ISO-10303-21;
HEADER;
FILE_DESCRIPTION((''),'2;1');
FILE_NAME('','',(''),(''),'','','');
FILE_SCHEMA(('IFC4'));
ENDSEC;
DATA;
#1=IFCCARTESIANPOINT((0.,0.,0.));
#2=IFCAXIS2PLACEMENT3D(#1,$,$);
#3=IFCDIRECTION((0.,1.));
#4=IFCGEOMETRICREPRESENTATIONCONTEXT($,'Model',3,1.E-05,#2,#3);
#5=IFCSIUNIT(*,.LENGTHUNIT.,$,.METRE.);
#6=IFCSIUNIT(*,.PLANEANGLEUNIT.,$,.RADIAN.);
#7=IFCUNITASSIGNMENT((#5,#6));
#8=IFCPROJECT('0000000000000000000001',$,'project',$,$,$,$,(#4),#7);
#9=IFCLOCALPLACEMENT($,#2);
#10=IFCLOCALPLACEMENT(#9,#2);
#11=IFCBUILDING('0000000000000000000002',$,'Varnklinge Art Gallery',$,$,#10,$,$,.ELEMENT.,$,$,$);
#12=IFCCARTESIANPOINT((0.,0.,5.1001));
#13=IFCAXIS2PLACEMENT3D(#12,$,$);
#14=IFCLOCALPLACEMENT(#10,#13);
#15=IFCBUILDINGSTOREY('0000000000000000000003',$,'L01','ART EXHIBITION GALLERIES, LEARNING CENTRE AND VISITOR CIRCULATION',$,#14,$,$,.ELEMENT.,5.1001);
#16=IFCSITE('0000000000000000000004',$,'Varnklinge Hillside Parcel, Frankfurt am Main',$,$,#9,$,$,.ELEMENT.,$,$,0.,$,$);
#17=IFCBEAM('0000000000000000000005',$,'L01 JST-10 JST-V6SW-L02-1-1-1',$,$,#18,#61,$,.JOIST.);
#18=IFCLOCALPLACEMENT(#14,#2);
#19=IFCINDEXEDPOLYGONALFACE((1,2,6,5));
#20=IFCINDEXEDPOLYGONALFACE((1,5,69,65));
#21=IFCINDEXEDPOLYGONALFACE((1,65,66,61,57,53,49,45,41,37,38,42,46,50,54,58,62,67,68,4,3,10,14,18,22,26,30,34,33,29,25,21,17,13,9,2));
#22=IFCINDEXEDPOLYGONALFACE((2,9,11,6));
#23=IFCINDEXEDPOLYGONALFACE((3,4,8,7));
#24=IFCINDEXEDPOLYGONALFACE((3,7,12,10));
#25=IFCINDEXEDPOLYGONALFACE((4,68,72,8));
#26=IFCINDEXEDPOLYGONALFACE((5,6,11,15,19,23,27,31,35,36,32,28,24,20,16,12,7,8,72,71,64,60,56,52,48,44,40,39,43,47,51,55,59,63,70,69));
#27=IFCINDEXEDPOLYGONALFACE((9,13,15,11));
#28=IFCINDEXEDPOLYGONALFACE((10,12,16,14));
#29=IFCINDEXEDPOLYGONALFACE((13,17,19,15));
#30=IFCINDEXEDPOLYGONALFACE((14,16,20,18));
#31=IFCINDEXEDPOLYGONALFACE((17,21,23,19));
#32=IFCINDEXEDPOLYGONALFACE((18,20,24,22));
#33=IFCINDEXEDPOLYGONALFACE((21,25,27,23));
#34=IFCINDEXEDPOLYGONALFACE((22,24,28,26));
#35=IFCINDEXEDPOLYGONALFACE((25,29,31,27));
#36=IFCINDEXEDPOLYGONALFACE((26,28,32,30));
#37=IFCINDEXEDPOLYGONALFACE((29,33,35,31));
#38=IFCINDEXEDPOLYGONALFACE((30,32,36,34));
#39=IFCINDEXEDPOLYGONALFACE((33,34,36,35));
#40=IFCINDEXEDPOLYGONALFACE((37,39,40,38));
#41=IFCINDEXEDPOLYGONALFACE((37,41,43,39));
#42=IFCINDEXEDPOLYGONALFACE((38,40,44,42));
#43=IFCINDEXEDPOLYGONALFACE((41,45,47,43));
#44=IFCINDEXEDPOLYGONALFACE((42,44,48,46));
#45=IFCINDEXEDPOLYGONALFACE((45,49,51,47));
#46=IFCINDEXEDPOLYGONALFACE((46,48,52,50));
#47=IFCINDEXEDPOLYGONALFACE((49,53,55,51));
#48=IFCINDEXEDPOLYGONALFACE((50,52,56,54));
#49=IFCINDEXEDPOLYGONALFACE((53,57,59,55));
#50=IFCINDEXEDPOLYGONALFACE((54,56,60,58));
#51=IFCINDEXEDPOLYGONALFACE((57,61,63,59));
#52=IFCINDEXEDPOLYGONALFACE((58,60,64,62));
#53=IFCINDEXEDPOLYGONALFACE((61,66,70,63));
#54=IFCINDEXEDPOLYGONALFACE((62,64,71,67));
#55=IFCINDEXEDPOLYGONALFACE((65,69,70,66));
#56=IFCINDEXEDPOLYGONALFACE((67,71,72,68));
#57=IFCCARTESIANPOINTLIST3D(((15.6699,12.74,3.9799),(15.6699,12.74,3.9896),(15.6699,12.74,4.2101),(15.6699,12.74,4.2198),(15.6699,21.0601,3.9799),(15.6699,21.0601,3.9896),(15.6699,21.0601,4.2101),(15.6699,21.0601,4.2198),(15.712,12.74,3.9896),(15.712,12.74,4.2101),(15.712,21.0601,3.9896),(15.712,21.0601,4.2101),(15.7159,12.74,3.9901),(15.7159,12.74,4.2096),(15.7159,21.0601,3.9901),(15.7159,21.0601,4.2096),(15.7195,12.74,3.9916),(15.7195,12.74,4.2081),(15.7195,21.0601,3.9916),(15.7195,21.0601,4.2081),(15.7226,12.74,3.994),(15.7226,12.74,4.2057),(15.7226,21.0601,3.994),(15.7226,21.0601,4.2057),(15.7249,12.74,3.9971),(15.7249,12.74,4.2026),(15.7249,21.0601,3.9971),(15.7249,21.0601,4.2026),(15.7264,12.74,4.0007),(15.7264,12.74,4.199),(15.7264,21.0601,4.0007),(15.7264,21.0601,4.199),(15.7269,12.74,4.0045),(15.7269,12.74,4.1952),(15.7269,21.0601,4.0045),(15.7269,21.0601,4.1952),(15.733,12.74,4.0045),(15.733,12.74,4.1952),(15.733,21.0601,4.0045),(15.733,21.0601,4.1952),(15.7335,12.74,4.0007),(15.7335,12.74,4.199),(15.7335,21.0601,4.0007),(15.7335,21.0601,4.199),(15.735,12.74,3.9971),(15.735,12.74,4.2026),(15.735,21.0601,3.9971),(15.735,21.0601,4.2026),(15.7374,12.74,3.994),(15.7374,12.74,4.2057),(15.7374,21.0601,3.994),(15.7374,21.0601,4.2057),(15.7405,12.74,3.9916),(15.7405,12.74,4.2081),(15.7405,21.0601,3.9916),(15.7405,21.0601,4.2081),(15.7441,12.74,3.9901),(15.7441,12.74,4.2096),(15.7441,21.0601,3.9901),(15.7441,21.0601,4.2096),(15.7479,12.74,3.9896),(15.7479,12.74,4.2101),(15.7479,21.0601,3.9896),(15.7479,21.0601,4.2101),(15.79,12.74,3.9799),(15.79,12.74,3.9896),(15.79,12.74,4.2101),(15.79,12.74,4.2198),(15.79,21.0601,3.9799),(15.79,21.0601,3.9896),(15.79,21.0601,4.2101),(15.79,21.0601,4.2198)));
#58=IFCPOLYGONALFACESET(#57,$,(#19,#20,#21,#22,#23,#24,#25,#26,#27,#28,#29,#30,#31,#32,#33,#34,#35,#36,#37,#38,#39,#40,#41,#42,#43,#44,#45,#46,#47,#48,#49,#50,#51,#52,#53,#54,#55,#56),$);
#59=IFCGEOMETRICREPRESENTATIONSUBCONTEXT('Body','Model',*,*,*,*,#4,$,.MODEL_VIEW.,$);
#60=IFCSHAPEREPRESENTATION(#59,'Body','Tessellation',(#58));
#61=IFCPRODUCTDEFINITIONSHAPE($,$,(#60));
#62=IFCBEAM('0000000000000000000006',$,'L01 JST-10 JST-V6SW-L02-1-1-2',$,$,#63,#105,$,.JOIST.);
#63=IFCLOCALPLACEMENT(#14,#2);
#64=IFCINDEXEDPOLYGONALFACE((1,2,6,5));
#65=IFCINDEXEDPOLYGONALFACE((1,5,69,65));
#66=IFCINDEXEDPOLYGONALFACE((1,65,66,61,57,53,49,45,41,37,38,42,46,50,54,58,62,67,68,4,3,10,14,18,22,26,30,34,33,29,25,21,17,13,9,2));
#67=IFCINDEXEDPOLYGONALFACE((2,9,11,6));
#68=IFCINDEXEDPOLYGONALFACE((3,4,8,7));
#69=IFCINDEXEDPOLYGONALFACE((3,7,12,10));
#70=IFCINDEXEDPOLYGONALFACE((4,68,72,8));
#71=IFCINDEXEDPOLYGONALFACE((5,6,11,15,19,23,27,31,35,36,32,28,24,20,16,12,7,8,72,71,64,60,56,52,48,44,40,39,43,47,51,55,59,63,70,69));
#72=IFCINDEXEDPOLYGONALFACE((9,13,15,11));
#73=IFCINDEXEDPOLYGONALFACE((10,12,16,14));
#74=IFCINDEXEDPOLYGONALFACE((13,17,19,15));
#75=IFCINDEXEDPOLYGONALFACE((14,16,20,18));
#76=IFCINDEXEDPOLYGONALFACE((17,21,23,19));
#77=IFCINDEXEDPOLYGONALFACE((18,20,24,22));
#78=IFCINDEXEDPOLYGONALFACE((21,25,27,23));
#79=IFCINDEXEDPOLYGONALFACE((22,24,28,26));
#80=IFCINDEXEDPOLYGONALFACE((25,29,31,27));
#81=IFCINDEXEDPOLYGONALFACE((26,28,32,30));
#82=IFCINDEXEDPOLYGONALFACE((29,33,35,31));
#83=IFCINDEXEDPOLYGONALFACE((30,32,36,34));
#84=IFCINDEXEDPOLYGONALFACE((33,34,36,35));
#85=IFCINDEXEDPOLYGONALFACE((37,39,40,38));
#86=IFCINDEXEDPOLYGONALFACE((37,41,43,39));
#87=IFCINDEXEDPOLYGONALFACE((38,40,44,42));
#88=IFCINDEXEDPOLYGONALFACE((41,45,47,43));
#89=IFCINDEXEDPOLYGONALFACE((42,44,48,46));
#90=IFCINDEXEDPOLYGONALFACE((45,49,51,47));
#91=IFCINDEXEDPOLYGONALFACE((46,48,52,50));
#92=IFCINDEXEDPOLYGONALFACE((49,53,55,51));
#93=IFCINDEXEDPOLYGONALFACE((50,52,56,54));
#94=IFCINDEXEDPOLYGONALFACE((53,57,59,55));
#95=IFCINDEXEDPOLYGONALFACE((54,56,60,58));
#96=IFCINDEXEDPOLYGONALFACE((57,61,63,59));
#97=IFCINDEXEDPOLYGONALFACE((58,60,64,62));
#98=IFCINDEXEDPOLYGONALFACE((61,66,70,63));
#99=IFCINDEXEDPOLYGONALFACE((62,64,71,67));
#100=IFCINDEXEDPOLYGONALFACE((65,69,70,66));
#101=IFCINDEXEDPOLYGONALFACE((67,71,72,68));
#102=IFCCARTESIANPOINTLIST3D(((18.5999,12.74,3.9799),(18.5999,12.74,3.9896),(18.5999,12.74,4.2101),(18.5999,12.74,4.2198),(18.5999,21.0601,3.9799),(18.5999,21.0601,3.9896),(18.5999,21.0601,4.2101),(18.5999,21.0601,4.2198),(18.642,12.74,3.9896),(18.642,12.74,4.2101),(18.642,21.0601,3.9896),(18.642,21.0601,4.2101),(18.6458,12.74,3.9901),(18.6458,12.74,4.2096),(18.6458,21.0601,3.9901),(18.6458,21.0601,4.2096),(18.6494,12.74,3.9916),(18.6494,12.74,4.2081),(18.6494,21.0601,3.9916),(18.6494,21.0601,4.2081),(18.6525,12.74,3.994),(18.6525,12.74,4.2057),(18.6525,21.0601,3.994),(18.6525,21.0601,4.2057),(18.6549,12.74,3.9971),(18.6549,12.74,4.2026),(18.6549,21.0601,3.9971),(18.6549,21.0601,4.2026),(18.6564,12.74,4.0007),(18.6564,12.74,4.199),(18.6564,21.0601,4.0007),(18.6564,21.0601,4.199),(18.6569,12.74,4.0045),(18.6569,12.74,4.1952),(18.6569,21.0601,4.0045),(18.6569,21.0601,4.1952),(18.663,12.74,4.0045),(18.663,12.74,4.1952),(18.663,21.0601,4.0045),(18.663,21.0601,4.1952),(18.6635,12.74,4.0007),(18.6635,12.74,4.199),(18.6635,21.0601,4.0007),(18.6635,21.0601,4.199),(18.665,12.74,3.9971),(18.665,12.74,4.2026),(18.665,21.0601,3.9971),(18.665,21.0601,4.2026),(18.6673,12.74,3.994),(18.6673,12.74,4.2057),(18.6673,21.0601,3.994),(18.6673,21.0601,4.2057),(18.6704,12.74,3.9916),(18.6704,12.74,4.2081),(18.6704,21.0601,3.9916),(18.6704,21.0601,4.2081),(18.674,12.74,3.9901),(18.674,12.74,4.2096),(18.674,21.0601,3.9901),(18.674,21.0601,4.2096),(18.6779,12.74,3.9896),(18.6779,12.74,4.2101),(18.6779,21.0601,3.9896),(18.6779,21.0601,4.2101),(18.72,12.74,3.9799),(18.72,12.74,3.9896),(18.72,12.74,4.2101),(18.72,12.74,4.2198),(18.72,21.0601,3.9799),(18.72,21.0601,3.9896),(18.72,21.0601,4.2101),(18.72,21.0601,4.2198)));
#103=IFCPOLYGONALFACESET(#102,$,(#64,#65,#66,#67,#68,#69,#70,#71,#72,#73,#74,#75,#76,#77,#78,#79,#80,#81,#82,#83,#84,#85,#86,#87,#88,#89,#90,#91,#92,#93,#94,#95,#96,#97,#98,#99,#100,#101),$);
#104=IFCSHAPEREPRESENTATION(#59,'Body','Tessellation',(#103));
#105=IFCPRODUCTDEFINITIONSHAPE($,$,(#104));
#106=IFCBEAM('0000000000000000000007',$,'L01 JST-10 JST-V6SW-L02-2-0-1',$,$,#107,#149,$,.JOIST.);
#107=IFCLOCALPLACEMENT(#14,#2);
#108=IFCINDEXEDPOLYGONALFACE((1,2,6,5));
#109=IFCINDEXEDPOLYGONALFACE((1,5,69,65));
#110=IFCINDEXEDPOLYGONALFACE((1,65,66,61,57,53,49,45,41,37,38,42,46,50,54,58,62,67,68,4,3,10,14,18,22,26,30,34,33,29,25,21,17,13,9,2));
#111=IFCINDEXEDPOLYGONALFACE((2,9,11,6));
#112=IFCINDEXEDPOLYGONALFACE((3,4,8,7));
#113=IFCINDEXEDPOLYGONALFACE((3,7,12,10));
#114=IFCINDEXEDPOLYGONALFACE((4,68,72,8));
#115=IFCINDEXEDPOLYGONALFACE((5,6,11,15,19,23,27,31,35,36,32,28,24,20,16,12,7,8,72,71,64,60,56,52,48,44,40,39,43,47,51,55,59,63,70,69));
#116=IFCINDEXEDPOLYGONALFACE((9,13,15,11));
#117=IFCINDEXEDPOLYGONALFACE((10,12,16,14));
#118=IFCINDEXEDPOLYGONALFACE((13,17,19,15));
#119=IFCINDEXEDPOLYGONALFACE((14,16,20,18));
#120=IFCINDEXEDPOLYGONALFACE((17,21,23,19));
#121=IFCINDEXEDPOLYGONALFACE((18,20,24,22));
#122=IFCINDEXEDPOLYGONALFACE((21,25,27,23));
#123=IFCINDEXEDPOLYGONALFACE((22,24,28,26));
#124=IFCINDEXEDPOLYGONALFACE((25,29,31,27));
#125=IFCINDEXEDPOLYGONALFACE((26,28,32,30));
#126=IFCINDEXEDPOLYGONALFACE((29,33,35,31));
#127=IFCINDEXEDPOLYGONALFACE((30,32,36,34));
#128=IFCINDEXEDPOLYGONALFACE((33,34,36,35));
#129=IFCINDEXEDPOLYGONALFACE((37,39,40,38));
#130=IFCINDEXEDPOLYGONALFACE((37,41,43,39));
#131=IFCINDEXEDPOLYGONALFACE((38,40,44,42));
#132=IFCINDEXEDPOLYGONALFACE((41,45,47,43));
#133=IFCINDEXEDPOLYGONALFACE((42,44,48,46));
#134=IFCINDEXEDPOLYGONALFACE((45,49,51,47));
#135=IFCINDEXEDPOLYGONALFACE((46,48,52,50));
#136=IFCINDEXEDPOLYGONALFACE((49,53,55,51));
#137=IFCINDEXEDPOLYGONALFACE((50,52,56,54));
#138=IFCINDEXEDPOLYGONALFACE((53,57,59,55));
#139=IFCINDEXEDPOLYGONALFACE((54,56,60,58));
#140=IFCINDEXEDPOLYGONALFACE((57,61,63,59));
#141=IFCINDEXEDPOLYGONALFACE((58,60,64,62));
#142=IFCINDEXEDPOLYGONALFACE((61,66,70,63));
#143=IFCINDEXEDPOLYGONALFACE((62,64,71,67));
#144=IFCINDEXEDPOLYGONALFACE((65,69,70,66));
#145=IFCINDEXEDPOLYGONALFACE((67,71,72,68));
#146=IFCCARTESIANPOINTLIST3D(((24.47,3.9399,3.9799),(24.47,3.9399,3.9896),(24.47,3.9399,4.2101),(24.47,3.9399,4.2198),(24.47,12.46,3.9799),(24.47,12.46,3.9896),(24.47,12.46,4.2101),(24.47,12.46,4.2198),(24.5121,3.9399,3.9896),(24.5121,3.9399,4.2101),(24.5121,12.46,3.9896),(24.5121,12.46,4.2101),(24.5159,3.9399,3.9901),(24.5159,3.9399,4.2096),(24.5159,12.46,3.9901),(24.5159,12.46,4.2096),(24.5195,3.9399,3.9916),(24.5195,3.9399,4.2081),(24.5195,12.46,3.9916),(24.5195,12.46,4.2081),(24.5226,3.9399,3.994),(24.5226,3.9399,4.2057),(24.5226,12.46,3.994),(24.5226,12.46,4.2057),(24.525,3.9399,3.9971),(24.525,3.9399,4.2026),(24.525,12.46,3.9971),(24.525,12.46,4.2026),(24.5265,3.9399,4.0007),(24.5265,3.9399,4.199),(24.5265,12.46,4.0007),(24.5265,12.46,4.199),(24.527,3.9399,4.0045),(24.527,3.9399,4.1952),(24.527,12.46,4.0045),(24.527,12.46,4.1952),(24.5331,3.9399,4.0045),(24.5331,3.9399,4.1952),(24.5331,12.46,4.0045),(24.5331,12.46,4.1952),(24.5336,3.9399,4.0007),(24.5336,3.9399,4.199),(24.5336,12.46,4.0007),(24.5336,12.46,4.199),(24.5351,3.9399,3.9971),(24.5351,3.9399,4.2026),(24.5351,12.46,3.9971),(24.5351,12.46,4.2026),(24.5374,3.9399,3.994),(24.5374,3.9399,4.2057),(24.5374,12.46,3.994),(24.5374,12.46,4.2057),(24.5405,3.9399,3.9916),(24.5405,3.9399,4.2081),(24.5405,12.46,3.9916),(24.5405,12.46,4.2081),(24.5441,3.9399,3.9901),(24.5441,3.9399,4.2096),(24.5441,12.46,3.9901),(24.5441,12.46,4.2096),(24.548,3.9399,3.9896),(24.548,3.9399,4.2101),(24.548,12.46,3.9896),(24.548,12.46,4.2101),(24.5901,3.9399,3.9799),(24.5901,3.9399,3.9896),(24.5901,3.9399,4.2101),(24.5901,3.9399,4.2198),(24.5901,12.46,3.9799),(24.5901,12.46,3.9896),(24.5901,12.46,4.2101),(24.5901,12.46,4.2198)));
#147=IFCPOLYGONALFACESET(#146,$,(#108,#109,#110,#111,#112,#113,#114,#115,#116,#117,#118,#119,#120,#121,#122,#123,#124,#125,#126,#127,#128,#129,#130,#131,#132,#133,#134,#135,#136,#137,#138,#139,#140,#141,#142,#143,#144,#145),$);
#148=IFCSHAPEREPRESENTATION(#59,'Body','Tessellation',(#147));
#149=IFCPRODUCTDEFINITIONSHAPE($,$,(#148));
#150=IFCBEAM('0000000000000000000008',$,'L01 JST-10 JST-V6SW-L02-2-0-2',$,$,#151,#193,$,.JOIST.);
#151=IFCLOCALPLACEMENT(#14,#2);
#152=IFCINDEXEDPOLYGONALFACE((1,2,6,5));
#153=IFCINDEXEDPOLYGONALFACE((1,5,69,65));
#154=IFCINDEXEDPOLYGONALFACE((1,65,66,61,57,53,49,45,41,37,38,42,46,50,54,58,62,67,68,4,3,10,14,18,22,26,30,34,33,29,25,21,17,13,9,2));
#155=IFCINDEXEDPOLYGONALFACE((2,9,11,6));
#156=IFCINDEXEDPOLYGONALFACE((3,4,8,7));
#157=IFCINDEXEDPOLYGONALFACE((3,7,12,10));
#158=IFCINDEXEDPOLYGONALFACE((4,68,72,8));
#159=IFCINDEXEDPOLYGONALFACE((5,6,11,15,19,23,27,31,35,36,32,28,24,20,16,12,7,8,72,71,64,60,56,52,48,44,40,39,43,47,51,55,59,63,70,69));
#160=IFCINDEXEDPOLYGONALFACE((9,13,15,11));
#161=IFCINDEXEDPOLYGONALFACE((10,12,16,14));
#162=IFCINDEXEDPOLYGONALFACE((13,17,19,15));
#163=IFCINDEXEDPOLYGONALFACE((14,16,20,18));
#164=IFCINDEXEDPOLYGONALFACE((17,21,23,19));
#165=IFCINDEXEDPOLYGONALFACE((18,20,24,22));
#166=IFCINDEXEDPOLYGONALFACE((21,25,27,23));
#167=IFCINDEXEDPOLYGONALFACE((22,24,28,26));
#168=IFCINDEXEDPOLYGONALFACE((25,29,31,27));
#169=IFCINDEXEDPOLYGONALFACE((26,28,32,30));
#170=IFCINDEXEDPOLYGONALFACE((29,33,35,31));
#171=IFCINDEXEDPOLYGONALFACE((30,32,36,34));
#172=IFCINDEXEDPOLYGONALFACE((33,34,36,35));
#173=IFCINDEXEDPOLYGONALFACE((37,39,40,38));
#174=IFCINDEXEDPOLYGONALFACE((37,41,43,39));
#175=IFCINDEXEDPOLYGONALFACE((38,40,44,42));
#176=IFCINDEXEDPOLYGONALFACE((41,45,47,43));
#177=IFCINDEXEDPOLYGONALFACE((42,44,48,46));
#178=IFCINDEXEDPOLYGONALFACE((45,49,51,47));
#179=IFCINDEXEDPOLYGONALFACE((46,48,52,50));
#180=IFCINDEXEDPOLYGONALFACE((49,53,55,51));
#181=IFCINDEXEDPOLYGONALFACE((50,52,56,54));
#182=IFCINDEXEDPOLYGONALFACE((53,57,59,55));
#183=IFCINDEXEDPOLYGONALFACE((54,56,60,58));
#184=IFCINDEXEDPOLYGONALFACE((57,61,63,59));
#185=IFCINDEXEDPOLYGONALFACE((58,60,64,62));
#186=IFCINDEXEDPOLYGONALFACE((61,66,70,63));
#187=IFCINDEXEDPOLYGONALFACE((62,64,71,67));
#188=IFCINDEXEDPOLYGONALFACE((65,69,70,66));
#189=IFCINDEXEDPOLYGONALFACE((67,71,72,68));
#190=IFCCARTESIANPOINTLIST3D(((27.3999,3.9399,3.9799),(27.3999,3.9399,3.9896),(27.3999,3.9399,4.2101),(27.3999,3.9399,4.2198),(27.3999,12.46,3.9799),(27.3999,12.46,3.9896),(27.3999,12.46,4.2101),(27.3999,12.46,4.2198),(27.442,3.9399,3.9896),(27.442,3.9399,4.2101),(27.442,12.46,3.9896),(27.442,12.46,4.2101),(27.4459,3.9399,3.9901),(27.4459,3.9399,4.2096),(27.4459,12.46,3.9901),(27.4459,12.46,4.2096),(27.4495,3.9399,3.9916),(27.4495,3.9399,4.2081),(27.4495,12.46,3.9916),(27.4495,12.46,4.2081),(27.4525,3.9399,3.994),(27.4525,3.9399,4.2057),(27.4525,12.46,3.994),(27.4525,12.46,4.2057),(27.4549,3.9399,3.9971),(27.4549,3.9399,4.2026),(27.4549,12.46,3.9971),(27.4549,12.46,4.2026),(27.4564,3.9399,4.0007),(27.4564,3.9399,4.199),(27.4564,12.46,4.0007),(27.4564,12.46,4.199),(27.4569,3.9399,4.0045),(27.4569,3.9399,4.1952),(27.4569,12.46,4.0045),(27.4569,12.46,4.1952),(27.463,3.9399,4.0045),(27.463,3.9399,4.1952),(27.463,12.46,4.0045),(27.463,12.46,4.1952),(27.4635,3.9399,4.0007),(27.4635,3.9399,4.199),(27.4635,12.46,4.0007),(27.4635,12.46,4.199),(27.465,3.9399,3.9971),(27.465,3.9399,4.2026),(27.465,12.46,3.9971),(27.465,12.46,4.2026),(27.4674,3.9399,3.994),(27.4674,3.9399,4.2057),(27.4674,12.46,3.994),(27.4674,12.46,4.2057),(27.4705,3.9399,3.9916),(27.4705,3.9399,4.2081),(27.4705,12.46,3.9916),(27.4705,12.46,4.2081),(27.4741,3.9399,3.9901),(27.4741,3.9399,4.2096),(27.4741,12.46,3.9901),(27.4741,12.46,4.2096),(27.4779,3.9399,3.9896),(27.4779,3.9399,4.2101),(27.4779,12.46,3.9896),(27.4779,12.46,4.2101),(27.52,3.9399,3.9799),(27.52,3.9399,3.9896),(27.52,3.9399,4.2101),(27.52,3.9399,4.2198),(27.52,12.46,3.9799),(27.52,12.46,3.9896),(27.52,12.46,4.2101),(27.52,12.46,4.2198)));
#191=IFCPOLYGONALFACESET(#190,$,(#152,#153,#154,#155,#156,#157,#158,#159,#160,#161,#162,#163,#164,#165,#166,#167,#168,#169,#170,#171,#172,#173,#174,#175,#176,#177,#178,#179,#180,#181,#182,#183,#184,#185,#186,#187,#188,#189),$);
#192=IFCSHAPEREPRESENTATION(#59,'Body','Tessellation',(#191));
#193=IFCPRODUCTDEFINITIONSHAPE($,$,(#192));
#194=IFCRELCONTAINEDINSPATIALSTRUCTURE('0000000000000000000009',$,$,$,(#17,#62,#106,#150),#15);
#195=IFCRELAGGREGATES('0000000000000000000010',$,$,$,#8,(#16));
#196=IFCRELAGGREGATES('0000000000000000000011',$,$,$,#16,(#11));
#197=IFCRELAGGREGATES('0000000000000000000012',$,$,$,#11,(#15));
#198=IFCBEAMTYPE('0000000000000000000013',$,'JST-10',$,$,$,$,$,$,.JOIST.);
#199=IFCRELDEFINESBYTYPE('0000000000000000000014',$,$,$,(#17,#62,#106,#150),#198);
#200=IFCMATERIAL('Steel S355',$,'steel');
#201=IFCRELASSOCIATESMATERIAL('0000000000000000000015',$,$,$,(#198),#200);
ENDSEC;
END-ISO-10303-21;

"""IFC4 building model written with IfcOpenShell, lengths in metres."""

from ifc_helpers import new_model, si_unit, direction, frame, origin, origin_2d, place, context, subcontext, project, spatial, i_section, extrude, material, material_profile, profile_set, type_object, element, save


model = new_model("IFC4")

# Units and contexts
model_context = context("Model", 3, precision=1e-05, world=origin(), true_north=direction((0.0, 1.0)))
body_context = subcontext(model_context, "Body", "Model", "MODEL_VIEW")
ifc_project = project(units=[si_unit("LENGTHUNIT", "METRE"), si_unit("PLANEANGLEUNIT", "RADIAN")], contexts=[model_context])

# Site, building, storey
site_placement = place(None, origin())
site = spatial("IfcSite", under=ifc_project, at=site_placement, Name="Varnklinge Hillside Parcel, Frankfurt am Main", CompositionType="ELEMENT", RefElevation=0.0)
building_placement = place(site_placement, origin())
building = spatial("IfcBuilding", under=site, at=building_placement, Name="Varnklinge Art Gallery", CompositionType="ELEMENT")
storey_placement = place(building_placement, frame((0.0, 0.0, 5.1001)))
storey = spatial("IfcBuildingStorey", under=building, at=storey_placement, Name="L01", Description="ART EXHIBITION GALLERIES, LEARNING CENTRE AND VISITOR CIRCULATION", CompositionType="ELEMENT", Elevation=5.1001)

# Beams
ifc_material_1 = material(Name="Steel S355", Category="steel")
ifc_material_profile_1 = material_profile(ifc_material_1, i_section(OverallWidth=0.1201, OverallDepth=0.24, WebThickness=0.0061, FlangeThickness=0.0098, FilletRadius=0.0149, at=origin_2d()), Name="IPE 240")
ifc_profile_set_1 = profile_set([ifc_material_profile_1], Name="Steel S355")
beam_type_1 = type_object("IfcBeamType", Name="JST-10", PredefinedType="JOIST", material=ifc_profile_set_1)
for number, where, z_axis, x_axis, name in (
    (1, (15.73, 12.74, 4.0999), (0.0, 1.0, 0.0), (-1.0, 0.0, 0.0), "L01 JST-10 JST-V6SW-L02-1-1-1"),
    (2, (18.6599, 12.74, 4.0999), (0.0, 1.0, 0.0), (-1.0, 0.0, 0.0), "L01 JST-10 JST-V6SW-L02-1-1-2"),
):
    element("IfcBeam", number, at=place(storey_placement, frame(where, z_axis=z_axis, x_axis=x_axis)), inside=storey, type_object=beam_type_1, Name=name, PredefinedType="JOIST", context=body_context, shape_type="SweptSolid", body=[
        extrude(i_section(OverallWidth=0.1201, OverallDepth=0.24, WebThickness=0.0061, FlangeThickness=0.0098, FilletRadius=0.0149, at=origin_2d()), origin(), (0.0, 0.0, 1.0), 8.3201),
    ])
for number, where, z_axis, x_axis, name in (
    (3, (24.53, 3.9399, 4.0999), (0.0, 1.0, 0.0), (-1.0, 0.0, 0.0), "L01 JST-10 JST-V6SW-L02-2-0-1"),
    (4, (27.46, 3.9399, 4.0999), (0.0, 1.0, 0.0), (-1.0, 0.0, 0.0), "L01 JST-10 JST-V6SW-L02-2-0-2"),
):
    element("IfcBeam", number, at=place(storey_placement, frame(where, z_axis=z_axis, x_axis=x_axis)), inside=storey, type_object=beam_type_1, Name=name, PredefinedType="JOIST", context=body_context, shape_type="SweptSolid", body=[
        extrude(i_section(OverallWidth=0.1201, OverallDepth=0.24, WebThickness=0.0061, FlangeThickness=0.0098, FilletRadius=0.0149, at=origin_2d()), origin(), (0.0, 0.0, 1.0), 8.52),
    ])

save(model, "model.ifc")
